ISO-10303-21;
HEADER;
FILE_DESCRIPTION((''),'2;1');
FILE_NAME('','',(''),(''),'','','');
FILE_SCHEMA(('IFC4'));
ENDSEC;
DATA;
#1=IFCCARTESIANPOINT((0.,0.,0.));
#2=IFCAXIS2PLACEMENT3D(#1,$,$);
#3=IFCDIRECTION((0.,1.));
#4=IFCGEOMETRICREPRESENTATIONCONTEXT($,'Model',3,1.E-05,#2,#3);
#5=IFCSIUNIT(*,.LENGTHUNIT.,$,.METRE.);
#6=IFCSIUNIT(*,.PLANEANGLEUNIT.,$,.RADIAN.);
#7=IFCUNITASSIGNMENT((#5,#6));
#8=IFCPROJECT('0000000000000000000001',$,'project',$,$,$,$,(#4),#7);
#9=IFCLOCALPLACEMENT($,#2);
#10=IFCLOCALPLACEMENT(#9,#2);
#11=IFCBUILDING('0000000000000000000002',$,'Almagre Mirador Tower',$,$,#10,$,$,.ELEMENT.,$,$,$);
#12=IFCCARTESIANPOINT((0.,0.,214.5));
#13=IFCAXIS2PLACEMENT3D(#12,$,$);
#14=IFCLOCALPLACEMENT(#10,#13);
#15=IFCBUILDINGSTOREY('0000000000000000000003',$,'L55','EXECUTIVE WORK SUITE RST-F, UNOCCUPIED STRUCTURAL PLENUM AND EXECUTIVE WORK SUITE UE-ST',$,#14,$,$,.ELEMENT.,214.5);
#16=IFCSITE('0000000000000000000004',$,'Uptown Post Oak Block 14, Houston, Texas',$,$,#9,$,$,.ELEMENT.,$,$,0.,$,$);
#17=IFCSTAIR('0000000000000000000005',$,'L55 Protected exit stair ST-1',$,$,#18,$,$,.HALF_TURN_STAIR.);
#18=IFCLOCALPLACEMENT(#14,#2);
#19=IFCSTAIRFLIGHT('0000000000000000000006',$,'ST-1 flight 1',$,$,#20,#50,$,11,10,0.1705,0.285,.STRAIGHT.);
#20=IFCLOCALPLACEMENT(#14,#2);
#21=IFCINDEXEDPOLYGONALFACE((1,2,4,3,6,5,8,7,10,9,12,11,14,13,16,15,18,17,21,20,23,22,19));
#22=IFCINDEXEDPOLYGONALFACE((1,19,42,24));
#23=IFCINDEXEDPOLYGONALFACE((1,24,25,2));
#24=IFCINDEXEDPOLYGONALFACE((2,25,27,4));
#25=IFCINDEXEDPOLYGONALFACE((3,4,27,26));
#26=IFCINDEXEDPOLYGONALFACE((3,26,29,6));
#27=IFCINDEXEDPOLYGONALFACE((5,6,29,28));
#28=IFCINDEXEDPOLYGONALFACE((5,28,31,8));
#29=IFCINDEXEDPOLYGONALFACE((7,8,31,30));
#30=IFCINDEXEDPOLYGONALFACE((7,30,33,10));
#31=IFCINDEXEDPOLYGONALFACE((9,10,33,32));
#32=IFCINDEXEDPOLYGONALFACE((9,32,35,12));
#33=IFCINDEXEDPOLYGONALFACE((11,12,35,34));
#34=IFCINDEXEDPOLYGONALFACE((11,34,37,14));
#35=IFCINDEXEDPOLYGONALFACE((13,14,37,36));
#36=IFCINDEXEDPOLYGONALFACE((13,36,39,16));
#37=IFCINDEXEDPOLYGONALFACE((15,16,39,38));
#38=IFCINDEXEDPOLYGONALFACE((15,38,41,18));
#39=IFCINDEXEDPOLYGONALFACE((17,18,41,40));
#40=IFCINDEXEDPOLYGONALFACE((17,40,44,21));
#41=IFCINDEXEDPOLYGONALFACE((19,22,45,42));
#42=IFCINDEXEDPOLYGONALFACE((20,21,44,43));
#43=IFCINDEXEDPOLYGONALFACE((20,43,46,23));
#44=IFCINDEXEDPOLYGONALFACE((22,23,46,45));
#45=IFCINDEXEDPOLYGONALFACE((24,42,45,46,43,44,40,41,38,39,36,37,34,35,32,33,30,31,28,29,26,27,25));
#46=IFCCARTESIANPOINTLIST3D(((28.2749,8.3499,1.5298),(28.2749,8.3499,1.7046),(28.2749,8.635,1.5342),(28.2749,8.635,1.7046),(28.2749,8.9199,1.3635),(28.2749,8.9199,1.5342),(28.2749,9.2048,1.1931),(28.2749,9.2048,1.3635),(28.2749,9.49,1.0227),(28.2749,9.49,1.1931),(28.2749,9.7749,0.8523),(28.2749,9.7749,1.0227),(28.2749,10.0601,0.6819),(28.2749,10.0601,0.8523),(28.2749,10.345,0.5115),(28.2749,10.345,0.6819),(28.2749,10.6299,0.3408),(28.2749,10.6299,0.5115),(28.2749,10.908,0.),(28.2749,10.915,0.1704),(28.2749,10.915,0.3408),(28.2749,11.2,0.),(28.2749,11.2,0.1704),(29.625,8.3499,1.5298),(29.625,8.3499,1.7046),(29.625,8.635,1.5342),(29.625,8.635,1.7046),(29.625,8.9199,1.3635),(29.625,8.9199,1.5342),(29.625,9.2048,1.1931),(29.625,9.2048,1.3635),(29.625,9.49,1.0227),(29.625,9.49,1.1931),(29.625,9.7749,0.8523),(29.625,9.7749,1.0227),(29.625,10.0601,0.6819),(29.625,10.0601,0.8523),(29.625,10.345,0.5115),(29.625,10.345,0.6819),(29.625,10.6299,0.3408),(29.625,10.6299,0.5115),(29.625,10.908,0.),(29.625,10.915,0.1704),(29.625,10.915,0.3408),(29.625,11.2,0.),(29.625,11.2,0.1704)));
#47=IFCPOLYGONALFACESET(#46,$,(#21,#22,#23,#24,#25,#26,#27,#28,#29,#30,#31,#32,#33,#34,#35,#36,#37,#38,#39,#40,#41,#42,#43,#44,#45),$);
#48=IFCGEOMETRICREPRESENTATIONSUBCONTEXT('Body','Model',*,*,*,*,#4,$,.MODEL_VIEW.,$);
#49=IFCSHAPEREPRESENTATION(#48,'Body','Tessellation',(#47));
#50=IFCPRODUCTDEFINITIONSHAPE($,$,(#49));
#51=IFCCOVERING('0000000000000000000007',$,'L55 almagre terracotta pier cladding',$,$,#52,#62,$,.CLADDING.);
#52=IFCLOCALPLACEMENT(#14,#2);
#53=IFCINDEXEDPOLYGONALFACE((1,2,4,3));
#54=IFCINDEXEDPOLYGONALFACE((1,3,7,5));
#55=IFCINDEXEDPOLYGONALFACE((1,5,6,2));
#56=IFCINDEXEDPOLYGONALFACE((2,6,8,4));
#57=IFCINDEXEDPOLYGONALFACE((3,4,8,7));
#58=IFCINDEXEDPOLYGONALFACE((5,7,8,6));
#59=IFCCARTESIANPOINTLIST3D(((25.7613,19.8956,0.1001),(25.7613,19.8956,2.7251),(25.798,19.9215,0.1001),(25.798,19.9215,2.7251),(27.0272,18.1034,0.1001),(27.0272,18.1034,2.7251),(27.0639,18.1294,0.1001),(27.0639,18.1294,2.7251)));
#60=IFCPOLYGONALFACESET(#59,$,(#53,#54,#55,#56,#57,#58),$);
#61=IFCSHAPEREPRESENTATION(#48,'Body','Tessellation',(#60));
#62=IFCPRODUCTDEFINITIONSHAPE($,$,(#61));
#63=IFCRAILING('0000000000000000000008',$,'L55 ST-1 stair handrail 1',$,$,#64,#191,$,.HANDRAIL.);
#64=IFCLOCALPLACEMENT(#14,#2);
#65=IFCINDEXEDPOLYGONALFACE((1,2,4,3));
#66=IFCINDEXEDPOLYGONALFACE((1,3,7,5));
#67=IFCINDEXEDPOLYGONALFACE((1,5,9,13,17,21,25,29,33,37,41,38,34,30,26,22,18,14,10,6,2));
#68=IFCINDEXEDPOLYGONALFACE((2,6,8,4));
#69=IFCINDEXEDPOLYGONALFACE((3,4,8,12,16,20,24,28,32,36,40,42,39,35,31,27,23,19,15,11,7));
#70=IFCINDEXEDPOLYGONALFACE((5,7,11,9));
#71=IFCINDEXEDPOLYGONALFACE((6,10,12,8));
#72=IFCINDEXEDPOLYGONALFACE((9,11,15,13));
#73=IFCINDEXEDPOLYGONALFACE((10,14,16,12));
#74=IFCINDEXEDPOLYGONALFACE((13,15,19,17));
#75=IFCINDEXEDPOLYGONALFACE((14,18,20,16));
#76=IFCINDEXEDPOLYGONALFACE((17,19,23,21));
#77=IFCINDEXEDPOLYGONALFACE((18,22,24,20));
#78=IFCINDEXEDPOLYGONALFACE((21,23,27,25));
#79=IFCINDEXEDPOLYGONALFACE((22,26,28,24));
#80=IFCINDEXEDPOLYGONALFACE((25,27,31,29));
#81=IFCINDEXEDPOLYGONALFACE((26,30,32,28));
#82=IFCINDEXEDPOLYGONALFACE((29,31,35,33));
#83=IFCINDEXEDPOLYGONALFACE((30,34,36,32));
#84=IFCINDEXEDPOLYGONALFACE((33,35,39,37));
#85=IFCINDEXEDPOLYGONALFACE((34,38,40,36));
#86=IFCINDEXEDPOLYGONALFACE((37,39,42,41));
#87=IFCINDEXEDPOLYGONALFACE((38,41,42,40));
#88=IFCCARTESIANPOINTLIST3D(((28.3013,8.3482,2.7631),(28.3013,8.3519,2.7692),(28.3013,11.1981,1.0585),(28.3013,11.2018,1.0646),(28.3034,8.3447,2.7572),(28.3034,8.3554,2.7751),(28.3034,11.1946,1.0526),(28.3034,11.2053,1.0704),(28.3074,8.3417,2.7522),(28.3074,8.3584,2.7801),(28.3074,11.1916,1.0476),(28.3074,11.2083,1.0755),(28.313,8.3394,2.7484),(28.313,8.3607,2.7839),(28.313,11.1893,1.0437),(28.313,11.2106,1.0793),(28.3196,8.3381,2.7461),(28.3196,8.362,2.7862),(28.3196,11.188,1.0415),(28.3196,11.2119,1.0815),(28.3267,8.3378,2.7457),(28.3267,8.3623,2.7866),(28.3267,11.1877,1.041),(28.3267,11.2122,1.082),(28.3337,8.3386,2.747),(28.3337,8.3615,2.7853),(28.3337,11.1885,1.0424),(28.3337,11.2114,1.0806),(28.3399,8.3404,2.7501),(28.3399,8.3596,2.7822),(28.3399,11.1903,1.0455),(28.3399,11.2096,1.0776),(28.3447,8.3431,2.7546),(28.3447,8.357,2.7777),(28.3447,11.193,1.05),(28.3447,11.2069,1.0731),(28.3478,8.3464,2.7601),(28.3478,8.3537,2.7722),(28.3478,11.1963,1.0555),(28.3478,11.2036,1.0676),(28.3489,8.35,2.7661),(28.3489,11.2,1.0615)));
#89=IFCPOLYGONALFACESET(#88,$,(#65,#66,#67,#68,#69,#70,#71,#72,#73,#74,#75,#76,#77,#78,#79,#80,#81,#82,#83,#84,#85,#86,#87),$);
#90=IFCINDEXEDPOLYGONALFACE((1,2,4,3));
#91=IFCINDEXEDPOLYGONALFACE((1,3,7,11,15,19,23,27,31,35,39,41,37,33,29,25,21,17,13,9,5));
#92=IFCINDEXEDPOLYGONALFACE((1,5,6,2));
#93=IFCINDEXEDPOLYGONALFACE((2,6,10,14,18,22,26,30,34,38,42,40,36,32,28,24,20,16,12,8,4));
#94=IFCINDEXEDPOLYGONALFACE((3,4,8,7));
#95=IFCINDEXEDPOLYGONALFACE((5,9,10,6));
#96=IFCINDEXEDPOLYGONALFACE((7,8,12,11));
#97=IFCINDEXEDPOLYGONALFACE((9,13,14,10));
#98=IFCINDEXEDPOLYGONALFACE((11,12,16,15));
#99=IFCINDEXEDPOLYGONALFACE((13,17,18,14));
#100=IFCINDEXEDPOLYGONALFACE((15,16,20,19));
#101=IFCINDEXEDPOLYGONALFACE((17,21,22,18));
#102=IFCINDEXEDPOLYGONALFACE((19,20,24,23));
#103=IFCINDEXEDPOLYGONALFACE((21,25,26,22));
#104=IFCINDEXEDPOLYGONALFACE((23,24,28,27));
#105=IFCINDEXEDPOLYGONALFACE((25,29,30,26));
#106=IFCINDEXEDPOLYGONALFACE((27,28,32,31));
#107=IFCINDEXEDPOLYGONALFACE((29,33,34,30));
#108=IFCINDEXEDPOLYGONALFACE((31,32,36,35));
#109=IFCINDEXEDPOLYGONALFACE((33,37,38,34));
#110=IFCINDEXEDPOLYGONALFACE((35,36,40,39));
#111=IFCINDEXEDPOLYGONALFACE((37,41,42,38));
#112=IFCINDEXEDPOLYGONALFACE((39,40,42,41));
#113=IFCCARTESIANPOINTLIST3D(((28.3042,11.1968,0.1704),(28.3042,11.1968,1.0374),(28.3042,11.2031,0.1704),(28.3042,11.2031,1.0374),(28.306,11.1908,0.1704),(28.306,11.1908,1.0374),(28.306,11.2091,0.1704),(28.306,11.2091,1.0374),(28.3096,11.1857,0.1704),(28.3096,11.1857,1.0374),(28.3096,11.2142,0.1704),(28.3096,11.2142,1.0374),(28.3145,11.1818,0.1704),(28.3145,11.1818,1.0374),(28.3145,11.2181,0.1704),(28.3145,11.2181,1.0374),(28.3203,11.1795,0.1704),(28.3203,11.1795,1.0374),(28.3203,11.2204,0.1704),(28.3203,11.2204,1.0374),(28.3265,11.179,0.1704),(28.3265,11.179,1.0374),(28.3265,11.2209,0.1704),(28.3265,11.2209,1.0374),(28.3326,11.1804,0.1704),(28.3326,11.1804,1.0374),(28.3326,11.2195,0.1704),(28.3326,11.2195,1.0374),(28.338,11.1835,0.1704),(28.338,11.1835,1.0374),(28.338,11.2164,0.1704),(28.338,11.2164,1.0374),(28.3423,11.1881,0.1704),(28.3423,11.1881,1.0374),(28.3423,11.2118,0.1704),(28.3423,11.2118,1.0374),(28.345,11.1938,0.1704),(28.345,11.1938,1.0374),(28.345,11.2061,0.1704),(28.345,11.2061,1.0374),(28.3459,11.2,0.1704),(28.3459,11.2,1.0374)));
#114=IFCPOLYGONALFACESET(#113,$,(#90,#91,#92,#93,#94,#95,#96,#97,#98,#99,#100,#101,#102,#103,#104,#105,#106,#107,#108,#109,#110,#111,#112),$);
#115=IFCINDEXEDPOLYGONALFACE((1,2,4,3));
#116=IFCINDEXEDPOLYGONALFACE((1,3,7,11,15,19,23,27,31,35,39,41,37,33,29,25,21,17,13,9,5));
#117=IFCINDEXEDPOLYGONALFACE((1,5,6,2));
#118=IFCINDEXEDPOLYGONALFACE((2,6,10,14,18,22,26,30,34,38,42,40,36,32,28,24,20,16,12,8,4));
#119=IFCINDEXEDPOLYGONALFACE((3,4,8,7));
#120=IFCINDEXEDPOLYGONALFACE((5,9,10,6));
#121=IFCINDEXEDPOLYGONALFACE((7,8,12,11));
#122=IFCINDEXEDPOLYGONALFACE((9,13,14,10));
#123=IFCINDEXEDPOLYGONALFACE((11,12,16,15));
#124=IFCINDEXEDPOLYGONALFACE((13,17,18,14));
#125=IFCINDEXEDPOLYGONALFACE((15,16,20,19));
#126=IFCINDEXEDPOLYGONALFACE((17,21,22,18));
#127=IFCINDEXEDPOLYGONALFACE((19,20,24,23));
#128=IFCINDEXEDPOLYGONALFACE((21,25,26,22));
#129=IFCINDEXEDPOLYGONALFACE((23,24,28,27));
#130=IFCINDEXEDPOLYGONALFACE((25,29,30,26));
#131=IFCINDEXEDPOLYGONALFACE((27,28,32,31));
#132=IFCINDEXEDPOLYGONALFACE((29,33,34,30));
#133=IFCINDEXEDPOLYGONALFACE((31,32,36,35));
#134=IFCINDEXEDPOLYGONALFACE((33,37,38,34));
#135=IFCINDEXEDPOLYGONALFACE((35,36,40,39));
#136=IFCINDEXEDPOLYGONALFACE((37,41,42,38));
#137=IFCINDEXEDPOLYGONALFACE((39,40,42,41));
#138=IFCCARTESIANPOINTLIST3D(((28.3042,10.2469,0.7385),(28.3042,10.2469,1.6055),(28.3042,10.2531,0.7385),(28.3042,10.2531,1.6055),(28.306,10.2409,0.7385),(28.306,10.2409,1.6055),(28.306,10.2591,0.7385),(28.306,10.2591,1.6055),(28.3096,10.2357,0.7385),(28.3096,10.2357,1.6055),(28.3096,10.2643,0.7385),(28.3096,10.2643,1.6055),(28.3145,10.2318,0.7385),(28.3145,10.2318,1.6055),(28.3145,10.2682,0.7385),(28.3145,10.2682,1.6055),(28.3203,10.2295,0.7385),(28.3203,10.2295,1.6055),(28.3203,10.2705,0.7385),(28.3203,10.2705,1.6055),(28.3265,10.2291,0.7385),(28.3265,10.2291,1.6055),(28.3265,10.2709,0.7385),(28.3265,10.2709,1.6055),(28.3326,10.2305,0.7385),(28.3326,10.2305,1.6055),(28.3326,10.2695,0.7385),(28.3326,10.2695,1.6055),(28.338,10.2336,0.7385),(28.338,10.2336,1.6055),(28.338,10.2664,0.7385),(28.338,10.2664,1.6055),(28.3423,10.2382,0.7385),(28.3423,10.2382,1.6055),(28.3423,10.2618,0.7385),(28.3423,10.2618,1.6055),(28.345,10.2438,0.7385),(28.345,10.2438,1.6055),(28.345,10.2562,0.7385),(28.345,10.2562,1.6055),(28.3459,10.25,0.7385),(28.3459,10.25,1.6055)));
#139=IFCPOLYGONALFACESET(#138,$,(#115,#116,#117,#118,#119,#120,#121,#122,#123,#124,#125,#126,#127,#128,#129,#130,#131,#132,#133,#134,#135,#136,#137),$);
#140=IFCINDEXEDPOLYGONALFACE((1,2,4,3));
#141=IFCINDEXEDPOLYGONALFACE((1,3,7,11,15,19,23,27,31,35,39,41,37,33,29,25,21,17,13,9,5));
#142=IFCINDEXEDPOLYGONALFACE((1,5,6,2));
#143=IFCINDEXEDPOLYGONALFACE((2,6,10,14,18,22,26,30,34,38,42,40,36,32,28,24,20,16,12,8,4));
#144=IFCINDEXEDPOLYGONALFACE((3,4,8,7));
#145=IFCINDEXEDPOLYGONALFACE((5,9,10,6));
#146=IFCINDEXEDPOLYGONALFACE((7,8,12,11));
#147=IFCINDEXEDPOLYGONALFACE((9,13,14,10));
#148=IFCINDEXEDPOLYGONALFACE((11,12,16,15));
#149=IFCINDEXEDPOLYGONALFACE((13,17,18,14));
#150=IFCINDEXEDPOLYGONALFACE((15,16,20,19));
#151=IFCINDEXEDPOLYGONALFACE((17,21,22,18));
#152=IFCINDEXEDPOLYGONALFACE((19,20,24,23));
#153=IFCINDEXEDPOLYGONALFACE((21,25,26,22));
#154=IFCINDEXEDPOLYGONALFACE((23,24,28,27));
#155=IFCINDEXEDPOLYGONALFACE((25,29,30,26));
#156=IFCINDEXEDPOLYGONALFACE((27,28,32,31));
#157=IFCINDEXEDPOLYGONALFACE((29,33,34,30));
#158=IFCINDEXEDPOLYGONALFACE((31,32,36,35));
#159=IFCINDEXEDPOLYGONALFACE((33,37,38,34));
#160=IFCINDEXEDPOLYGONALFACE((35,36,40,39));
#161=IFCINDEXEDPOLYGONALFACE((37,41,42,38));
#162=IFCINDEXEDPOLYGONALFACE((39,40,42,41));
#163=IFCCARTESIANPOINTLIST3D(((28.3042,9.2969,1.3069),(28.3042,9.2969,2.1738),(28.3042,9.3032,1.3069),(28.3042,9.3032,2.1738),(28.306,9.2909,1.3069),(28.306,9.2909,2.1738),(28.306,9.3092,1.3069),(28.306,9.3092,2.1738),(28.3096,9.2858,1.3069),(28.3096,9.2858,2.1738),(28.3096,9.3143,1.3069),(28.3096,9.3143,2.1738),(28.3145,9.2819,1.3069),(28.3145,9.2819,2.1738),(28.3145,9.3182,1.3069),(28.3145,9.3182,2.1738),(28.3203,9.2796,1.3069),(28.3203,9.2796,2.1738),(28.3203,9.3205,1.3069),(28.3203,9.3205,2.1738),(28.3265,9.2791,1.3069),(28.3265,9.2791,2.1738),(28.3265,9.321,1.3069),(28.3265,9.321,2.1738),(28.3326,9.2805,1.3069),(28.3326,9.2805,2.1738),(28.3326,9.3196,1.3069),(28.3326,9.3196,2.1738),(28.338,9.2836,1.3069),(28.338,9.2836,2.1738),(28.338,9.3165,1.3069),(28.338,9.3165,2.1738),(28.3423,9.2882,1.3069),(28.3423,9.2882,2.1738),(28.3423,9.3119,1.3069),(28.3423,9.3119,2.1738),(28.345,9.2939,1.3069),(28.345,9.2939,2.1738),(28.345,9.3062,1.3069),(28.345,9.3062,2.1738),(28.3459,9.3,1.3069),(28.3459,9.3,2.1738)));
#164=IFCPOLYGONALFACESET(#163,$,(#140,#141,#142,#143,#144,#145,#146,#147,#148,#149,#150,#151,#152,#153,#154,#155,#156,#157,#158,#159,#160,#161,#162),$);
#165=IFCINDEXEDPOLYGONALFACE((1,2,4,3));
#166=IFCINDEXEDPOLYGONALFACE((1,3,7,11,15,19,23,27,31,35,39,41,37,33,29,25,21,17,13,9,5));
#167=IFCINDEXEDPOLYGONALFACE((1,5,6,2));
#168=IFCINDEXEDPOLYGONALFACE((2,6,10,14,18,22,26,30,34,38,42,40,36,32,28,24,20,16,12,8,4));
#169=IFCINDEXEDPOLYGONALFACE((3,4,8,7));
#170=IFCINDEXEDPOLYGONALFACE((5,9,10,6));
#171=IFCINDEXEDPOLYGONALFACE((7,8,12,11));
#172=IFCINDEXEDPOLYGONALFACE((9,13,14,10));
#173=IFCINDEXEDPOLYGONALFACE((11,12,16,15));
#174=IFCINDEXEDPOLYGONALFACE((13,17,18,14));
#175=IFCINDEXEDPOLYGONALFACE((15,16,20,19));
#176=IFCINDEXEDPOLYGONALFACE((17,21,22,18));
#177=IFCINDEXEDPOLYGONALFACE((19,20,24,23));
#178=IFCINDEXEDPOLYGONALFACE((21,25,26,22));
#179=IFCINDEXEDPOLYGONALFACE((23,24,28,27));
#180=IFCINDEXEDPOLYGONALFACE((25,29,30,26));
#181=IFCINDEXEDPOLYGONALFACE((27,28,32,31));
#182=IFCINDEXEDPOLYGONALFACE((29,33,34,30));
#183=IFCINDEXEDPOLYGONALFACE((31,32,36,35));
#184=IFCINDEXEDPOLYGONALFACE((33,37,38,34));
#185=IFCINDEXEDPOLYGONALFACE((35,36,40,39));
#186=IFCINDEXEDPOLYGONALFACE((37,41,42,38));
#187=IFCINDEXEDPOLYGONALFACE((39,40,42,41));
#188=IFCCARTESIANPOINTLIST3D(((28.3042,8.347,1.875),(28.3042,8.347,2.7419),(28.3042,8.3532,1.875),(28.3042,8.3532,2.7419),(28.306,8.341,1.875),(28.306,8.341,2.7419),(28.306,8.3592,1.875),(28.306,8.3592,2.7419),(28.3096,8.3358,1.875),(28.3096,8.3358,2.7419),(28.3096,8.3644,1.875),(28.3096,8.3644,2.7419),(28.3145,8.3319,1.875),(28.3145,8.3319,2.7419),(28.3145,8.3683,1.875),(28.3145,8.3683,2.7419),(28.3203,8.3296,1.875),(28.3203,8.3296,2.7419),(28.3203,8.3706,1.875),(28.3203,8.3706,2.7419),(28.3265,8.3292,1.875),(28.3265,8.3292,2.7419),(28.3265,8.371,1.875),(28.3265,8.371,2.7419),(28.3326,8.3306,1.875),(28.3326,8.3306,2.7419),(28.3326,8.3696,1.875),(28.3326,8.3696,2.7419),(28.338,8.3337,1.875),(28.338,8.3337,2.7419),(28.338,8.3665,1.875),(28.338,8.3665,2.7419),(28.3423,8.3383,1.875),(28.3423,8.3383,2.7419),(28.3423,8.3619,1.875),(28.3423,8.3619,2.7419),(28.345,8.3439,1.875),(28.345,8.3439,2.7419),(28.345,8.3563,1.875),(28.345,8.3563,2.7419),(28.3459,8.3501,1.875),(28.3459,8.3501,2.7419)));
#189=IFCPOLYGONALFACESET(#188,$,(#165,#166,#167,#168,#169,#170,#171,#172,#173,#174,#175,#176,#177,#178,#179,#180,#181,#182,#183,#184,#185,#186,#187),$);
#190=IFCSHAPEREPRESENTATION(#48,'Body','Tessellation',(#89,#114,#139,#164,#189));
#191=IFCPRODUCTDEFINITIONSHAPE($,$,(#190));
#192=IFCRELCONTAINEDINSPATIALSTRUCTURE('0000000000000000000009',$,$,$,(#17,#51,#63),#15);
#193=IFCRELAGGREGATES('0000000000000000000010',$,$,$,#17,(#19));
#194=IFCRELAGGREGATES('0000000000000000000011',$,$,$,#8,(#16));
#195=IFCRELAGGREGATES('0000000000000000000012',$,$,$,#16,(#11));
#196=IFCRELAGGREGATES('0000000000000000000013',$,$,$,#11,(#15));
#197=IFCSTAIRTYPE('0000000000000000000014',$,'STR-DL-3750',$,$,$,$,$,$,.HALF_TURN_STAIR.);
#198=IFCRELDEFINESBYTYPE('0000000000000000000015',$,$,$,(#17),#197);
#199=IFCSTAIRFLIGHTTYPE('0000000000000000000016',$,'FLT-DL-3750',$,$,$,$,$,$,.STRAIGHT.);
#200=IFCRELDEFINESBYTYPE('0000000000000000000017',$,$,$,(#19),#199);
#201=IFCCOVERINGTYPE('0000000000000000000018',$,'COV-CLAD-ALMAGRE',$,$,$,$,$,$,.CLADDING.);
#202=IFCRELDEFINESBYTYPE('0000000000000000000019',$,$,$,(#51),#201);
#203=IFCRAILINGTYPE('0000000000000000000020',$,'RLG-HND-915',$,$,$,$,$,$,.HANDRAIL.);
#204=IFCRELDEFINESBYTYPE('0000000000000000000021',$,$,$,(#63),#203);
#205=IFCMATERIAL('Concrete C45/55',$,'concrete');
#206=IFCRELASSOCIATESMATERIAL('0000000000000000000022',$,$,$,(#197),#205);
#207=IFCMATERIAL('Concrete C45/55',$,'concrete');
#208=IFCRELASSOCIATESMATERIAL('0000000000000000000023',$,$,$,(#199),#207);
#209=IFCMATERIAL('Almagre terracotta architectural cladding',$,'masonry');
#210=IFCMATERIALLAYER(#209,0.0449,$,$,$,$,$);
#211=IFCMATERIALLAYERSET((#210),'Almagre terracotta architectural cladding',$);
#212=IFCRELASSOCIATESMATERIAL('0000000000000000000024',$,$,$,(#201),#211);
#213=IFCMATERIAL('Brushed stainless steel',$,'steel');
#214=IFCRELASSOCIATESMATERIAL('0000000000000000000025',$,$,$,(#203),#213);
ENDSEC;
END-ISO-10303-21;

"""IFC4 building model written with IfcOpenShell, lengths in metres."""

from ifc_helpers import new_model, si_unit, direction, frame, origin, origin_2d, place, context, subcontext, project, spatial, polyline, rectangle, circle, outline, extrude, material, layer, layer_set, type_object, element, aggregate, save


model = new_model("IFC4")

# Units and contexts
model_context = context("Model", 3, precision=1e-05, world=origin(), true_north=direction((0.0, 1.0)))
body_context = subcontext(model_context, "Body", "Model", "MODEL_VIEW")
ifc_project = project(units=[si_unit("LENGTHUNIT", "METRE"), si_unit("PLANEANGLEUNIT", "RADIAN")], contexts=[model_context])

# Site, building, storey
site_placement = place(None, origin())
site = spatial("IfcSite", under=ifc_project, at=site_placement, Name="Uptown Post Oak Block 14, Houston, Texas", CompositionType="ELEMENT", RefElevation=0.0)
building_placement = place(site_placement, origin())
building = spatial("IfcBuilding", under=site, at=building_placement, Name="Almagre Mirador Tower", CompositionType="ELEMENT")
storey_placement = place(building_placement, frame((0.0, 0.0, 214.5)))
storey = spatial("IfcBuildingStorey", under=building, at=storey_placement, Name="L55", Description="EXECUTIVE WORK SUITE RST-F, UNOCCUPIED STRUCTURAL PLENUM AND EXECUTIVE WORK SUITE UE-ST", CompositionType="ELEMENT", Elevation=214.5)

# Stair, stair flight
ifc_material_1 = material(Name="Concrete C45/55", Category="concrete")
stair_type = type_object("IfcStairType", Name="STR-DL-3750", PredefinedType="HALF_TURN_STAIR", material=ifc_material_1)
stair_placement = place(storey_placement, origin())
stair = element("IfcStair", 1, at=stair_placement, inside=storey, type_object=stair_type, Name="L55 Protected exit stair ST-1", PredefinedType="HALF_TURN_STAIR")
ifc_material_2 = material(Name="Concrete C45/55", Category="concrete")
stair_flight_type = type_object("IfcStairFlightType", Name="FLT-DL-3750", PredefinedType="STRAIGHT", material=ifc_material_2)
stair_flight_placement = place(storey_placement, frame((28.95, 11.2, 0.0), z_axis=(0.0, 0.0, 1.0), x_axis=(0.0, -1.0, 0.0)))
stair_flight = element("IfcStairFlight", 2, at=stair_flight_placement, type_object=stair_flight_type, Name="ST-1 flight 1", NumberOfRisers=11, NumberOfTreads=10, PredefinedType="STRAIGHT", RiserHeight=0.1705, TreadLength=0.285, context=body_context, shape_type="SweptSolid", body=[
    extrude(outline(polyline([(0.0, 0.0), (0.0, 0.1704), (0.2849, 0.1704), (0.2849, 0.3408), (0.5701, 0.3408), (0.5701, 0.5115), (0.855, 0.5115), (0.855, 0.6819), (1.1399, 0.6819), (1.1399, 0.8523), (1.425, 0.8523), (1.425, 1.0227), (1.71, 1.0227), (1.71, 1.1931), (1.9951, 1.1931), (1.9951, 1.3635), (2.28, 1.3635), (2.28, 1.5342), (2.5649, 1.5342), (2.5649, 1.7046), (2.8501, 1.7046), (2.8501, 1.875), (2.8501, 1.5298), (0.292, 0.0), (0.0, 0.0)])), frame((0.0, 0.675, 0.0), z_axis=(0.0, -1.0, 0.0), x_axis=(1.0, 0.0, 0.0)), (0.0, 0.0, 1.0), 1.3501),
])
aggregate(stair, [stair_flight])

# Covering
ifc_material_3 = material(Name="Almagre terracotta architectural cladding", Category="masonry")
ifc_layer_1 = layer(ifc_material_3, 0.0449)
ifc_layer_set_1 = layer_set([ifc_layer_1], Name="Almagre terracotta architectural cladding")
covering_type = type_object("IfcCoveringType", Name="COV-CLAD-ALMAGRE", PredefinedType="CLADDING", material=ifc_layer_set_1)
covering_placement = place(storey_placement, frame((26.4126, 19.0125, 0.1001), z_axis=(0.0, 0.0, 1.0), x_axis=(-0.576931, 0.816793, 0.0)))
element("IfcCovering", 3, at=covering_placement, inside=storey, type_object=covering_type, Name="L55 almagre terracotta pier cladding", PredefinedType="CLADDING", context=body_context, shape_type="SweptSolid", body=[
    extrude(rectangle(XDim=2.1941, YDim=0.0449, at=origin_2d()), origin(), (0.0, 0.0, 1.0), 2.625),
])

# Railing
ifc_material_4 = material(Name="Brushed stainless steel", Category="steel")
railing_type = type_object("IfcRailingType", Name="RLG-HND-915", PredefinedType="HANDRAIL", material=ifc_material_4)
railing_placement = place(storey_placement, frame((28.325, 11.2, 0.1704)))
element("IfcRailing", 4, at=railing_placement, inside=storey, type_object=railing_type, Name="L55 ST-1 stair handrail 1", PredefinedType="HANDRAIL", context=body_context, shape_type="SweptSolid", body=[
    extrude(circle(Radius=0.0239, at=origin_2d()), frame((0.0, 0.0, 0.8911), z_axis=(0.0, -0.858199, 0.513317), x_axis=(1.0, 0.0, 0.0)), (0.0, 0.0, 1.0), 3.3208),
    extrude(circle(Radius=0.021, at=origin_2d()), origin(), (0.0, 0.0, 1.0), 0.8669),
    extrude(circle(Radius=0.021, at=origin_2d()), frame((0.0, -0.95, 0.5681)), (0.0, 0.0, 1.0), 0.8669),
    extrude(circle(Radius=0.021, at=origin_2d()), frame((0.0, -1.8999, 1.1365)), (0.0, 0.0, 1.0), 0.8669),
    extrude(circle(Radius=0.021, at=origin_2d()), frame((0.0, -2.8499, 1.7046)), (0.0, 0.0, 1.0), 0.8669),
])

save(model, "model.ifc")
